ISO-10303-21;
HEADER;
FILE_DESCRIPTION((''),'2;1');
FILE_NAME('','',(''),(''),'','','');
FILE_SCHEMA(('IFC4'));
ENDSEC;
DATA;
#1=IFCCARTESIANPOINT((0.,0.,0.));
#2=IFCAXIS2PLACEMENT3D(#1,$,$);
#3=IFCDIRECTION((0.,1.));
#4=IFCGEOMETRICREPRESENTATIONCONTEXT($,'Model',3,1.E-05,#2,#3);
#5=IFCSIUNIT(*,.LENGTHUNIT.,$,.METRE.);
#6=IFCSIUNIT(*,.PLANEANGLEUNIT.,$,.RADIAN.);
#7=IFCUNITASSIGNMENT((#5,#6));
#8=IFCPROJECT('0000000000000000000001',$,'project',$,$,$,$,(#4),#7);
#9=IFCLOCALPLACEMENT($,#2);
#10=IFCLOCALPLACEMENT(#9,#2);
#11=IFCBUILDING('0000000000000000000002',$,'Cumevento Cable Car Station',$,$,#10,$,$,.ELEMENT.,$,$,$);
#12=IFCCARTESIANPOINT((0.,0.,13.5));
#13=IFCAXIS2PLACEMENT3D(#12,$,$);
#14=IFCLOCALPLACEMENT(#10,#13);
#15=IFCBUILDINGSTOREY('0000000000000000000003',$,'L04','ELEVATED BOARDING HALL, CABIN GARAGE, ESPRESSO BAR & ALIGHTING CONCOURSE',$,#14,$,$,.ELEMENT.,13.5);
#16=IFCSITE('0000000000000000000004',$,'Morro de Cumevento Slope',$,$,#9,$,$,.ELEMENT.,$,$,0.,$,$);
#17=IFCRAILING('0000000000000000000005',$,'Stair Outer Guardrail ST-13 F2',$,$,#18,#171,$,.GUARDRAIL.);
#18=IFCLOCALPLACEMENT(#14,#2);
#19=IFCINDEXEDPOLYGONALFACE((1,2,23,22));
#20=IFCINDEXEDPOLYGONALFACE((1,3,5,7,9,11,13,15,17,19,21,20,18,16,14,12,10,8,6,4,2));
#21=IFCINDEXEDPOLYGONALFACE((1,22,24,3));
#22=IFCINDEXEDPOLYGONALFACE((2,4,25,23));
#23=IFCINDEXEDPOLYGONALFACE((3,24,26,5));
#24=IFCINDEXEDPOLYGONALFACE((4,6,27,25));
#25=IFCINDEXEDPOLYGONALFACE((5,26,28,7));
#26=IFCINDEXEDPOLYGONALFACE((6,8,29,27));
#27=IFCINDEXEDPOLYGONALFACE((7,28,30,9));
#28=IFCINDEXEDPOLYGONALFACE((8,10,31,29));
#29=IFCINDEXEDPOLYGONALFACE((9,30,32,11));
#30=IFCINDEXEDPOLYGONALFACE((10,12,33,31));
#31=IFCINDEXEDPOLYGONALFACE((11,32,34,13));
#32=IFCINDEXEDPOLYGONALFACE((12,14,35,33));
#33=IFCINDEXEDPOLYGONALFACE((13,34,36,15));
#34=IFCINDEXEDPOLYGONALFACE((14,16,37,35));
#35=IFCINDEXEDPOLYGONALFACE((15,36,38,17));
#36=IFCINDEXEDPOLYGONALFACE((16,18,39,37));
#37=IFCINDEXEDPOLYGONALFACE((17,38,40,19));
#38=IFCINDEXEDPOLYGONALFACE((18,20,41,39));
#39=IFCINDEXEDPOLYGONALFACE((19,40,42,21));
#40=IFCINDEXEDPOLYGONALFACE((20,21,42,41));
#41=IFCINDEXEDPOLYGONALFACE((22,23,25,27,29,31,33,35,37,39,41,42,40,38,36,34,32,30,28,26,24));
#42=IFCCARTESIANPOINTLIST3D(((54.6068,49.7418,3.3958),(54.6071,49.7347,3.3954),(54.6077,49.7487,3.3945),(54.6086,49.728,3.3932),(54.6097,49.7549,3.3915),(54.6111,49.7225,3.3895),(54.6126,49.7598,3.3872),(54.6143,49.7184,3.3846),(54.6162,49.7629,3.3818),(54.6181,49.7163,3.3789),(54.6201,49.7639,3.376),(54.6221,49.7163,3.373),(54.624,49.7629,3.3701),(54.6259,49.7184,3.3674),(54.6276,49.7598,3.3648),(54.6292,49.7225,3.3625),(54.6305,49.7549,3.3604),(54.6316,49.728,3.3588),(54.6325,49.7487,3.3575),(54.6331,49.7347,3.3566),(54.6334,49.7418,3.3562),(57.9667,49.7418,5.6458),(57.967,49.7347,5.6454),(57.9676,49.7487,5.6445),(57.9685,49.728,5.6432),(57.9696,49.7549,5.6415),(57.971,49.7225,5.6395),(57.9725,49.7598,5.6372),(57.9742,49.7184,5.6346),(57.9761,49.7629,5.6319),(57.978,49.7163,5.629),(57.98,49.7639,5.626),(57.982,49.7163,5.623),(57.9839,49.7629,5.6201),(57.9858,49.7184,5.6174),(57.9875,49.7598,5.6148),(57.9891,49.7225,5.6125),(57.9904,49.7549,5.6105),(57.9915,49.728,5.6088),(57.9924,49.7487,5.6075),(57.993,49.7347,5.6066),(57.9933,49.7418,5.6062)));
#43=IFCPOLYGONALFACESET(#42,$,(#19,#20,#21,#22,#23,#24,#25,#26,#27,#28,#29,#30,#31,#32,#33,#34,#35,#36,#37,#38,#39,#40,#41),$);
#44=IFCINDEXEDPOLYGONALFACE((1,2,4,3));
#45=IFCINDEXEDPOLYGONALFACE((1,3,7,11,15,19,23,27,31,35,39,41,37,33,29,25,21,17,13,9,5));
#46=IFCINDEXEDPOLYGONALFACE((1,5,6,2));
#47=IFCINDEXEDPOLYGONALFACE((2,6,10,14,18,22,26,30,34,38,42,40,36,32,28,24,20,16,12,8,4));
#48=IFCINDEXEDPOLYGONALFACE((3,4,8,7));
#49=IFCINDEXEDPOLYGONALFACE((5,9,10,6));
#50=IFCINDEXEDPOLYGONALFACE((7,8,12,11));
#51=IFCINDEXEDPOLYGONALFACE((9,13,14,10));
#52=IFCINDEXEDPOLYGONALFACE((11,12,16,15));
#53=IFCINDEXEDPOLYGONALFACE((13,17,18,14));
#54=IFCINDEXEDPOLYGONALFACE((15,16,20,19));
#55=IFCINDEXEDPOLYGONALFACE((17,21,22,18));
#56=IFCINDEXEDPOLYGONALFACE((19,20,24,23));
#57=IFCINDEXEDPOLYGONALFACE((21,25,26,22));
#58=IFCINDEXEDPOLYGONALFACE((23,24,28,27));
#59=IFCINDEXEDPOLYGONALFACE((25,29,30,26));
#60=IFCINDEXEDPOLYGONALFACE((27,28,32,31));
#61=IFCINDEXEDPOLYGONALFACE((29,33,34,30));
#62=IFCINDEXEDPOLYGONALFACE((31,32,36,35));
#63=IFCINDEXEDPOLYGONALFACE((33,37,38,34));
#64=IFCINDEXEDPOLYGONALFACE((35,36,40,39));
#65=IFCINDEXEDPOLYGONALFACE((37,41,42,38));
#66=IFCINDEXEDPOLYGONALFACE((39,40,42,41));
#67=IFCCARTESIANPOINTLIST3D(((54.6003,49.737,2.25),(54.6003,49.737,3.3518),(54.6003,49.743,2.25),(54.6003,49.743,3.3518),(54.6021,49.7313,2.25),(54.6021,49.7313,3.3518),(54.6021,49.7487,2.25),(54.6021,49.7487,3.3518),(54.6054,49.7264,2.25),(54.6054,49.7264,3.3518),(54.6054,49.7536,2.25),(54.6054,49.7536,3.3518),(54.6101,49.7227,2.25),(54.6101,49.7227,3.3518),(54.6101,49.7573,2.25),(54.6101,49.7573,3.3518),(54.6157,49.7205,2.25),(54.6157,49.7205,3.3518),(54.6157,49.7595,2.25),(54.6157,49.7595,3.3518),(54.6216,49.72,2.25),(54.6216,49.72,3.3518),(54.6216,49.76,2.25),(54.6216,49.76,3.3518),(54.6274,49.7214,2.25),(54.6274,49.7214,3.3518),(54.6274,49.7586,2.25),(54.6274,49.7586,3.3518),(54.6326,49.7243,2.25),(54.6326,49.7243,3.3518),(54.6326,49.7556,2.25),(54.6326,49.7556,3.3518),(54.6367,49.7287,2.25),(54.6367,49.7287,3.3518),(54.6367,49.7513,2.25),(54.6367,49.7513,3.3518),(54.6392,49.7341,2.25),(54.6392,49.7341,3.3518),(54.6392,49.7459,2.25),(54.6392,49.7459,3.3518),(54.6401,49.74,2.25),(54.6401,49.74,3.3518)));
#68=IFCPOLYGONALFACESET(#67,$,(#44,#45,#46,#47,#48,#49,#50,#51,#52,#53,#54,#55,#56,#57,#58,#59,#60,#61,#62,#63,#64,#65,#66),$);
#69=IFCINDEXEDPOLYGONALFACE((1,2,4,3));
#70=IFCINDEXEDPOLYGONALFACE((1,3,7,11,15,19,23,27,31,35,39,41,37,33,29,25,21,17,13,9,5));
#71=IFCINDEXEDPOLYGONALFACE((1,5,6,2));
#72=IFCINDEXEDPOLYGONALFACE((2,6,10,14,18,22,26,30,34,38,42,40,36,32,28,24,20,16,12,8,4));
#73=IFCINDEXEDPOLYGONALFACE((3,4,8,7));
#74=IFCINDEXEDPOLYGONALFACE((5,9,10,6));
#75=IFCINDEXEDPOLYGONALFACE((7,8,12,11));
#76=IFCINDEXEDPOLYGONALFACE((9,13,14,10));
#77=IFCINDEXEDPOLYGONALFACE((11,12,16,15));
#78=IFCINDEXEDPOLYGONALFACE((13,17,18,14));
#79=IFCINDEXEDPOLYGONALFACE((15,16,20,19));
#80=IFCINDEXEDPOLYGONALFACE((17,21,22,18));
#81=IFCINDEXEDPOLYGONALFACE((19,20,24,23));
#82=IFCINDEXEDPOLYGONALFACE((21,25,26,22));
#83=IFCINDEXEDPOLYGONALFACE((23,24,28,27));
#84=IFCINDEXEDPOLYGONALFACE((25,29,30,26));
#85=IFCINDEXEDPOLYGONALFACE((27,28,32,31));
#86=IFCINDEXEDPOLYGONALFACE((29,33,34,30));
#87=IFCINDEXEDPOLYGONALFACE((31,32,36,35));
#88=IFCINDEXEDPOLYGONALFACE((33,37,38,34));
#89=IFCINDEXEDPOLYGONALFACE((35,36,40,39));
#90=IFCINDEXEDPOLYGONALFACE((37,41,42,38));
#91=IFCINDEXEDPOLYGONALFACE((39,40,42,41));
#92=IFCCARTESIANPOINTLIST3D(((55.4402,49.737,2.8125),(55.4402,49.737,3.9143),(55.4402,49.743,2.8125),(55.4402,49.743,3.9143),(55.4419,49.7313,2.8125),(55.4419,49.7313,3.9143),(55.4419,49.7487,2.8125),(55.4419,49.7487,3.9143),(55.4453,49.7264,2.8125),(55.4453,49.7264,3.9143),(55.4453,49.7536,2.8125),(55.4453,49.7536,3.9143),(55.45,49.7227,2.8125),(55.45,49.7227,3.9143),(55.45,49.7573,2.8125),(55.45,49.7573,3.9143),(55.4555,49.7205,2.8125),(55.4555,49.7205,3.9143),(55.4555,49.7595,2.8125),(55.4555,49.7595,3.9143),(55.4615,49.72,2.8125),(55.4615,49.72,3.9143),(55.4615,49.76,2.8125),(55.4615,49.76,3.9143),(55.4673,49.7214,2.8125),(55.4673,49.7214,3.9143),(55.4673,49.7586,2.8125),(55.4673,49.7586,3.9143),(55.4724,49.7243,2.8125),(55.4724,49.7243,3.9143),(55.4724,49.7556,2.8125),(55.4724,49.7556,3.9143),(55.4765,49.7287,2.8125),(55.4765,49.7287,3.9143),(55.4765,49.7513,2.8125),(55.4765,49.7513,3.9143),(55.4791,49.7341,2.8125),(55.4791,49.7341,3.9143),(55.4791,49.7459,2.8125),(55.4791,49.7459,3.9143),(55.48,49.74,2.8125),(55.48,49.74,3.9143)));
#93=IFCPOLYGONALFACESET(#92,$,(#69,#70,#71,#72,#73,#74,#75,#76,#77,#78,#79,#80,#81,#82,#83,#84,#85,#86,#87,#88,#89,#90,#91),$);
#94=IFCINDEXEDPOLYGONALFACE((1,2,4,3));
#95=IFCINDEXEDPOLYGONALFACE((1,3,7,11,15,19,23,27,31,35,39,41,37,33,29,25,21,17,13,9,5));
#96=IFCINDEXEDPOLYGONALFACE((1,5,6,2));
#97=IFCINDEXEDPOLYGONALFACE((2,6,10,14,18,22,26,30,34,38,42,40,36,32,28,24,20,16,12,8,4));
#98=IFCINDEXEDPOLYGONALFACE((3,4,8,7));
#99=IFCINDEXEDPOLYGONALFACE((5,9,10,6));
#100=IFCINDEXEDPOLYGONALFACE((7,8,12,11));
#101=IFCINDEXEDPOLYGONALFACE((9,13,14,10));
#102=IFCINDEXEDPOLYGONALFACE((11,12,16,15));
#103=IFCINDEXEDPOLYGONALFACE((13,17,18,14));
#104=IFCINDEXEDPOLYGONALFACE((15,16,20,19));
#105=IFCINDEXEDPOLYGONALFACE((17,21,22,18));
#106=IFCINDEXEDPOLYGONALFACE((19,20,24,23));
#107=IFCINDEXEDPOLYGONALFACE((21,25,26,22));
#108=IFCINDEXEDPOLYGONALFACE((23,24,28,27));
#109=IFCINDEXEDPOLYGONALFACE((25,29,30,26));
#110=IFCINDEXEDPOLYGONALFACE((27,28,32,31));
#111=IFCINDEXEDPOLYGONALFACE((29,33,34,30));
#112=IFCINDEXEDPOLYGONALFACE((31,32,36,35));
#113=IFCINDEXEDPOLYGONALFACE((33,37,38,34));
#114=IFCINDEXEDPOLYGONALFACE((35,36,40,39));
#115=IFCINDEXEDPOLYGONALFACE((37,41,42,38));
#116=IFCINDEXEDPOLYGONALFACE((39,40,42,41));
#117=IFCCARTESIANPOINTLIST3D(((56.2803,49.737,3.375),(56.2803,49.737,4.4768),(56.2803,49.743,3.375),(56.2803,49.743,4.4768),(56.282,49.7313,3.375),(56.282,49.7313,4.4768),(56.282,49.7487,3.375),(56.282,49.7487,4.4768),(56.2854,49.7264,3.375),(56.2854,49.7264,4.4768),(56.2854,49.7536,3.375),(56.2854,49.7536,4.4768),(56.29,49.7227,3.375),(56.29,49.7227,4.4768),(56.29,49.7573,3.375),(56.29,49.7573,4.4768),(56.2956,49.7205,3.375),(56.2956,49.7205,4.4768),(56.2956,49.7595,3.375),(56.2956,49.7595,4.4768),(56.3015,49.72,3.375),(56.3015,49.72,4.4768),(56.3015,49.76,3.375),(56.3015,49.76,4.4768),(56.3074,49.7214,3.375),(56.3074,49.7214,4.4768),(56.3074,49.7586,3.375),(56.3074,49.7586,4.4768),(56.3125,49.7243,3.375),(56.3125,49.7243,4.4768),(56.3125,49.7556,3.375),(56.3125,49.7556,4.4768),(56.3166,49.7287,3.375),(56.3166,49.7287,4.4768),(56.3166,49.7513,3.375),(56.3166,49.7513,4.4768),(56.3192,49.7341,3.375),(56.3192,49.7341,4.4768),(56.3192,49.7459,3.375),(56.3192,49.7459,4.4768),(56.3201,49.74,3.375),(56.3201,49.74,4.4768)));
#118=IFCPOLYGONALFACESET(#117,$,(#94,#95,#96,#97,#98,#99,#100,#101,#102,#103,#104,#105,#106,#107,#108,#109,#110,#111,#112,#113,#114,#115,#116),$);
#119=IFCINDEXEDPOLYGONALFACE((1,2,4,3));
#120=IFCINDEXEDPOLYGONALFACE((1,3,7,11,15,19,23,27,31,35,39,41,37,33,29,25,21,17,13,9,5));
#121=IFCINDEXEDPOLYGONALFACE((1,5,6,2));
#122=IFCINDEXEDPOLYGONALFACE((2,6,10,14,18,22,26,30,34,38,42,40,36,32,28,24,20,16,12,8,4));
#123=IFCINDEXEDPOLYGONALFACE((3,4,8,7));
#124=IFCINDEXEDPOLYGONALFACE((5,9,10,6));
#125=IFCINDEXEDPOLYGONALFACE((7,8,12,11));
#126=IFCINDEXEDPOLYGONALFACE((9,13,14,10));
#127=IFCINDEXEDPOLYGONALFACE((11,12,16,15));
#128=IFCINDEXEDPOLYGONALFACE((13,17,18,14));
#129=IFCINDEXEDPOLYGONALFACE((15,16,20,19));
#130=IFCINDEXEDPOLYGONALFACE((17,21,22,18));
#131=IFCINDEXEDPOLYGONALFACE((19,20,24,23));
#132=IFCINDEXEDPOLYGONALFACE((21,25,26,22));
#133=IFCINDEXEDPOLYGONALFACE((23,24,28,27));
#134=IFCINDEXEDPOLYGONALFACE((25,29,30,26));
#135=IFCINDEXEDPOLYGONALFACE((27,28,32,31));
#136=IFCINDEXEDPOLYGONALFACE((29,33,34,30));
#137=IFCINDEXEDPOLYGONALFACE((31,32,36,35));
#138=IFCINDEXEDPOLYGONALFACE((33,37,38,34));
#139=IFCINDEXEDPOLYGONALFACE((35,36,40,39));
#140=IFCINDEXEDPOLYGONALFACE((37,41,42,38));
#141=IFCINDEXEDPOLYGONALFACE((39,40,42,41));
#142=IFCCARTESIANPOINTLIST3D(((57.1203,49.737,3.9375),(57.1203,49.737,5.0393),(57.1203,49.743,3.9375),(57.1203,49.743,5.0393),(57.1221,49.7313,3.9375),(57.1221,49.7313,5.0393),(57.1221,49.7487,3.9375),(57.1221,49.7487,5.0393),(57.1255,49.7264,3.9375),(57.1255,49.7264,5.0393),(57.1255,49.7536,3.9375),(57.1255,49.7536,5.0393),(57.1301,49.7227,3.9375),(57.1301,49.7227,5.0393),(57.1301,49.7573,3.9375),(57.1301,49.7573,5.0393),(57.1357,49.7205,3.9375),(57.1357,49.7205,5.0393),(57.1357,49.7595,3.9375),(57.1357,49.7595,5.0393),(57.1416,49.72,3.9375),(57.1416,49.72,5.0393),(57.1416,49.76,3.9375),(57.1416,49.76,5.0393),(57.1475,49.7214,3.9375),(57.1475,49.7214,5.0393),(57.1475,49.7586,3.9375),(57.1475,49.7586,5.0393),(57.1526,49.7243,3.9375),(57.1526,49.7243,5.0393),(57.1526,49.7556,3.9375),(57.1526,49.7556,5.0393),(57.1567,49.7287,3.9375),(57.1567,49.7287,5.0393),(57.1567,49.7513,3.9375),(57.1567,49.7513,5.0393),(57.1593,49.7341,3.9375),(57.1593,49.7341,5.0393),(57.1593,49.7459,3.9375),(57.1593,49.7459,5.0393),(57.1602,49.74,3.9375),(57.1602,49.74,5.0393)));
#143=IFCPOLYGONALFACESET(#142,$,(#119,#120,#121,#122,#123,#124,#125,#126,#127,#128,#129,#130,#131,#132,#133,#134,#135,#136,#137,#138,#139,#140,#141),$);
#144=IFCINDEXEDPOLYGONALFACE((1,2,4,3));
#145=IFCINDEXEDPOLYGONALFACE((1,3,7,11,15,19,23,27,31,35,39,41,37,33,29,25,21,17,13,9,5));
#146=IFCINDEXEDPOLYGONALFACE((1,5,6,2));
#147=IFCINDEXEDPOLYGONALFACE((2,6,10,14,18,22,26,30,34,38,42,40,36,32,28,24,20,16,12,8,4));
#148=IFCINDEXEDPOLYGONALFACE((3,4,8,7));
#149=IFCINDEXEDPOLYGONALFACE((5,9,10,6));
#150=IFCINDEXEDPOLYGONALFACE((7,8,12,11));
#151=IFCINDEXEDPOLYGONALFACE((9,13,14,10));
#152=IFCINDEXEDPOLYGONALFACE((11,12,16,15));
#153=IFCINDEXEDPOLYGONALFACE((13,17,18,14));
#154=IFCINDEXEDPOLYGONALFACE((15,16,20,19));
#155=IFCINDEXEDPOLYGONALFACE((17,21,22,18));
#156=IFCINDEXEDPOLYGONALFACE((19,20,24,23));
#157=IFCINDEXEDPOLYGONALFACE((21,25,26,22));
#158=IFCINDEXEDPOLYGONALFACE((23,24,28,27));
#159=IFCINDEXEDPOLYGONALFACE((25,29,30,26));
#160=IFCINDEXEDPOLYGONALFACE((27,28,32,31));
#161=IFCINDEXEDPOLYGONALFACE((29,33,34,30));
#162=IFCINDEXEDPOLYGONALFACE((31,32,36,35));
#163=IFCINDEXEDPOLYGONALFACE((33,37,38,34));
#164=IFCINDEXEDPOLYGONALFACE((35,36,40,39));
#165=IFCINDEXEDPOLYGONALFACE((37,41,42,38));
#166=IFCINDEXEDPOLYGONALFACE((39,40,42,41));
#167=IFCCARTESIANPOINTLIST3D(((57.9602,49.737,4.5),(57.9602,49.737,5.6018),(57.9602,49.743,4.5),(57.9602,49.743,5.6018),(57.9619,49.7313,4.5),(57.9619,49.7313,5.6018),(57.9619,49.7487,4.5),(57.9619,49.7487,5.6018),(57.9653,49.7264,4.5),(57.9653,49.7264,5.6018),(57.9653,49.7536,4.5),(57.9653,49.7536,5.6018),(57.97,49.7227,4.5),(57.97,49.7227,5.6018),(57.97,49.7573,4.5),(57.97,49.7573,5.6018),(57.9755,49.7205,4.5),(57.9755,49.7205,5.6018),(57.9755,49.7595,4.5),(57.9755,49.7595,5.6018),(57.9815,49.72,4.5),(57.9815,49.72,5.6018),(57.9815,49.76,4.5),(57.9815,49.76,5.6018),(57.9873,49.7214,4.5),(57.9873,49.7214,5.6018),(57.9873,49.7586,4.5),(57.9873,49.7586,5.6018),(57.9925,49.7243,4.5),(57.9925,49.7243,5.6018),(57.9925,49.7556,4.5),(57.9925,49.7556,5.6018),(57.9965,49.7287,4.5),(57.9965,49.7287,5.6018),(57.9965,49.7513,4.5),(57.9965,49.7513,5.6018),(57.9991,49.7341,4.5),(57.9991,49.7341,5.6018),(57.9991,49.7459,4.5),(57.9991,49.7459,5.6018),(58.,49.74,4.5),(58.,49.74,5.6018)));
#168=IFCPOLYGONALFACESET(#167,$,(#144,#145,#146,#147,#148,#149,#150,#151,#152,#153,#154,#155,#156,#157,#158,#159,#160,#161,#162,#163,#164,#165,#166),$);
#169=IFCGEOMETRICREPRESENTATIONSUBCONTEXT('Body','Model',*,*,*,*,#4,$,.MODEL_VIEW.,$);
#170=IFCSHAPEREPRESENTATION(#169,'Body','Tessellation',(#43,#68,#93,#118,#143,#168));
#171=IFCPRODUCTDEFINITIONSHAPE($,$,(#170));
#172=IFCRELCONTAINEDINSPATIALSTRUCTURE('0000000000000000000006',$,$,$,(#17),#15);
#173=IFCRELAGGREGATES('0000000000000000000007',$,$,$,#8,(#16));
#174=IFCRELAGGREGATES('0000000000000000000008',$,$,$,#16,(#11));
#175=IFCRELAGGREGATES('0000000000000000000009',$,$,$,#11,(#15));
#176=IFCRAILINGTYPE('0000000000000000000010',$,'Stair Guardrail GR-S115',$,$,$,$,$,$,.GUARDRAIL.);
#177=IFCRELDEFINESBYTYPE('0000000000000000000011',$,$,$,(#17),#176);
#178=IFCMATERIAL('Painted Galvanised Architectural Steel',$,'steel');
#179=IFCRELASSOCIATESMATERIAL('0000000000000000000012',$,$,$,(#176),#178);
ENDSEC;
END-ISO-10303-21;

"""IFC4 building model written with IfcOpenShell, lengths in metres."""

from ifc_helpers import new_model, si_unit, direction, frame, origin, origin_2d, place, context, subcontext, project, spatial, circle, extrude, material, type_object, element, save


model = new_model("IFC4")

# Units and contexts
model_context = context("Model", 3, precision=1e-05, world=origin(), true_north=direction((0.0, 1.0)))
body_context = subcontext(model_context, "Body", "Model", "MODEL_VIEW")
ifc_project = project(units=[si_unit("LENGTHUNIT", "METRE"), si_unit("PLANEANGLEUNIT", "RADIAN")], contexts=[model_context])

# Site, building, storey
site_placement = place(None, origin())
site = spatial("IfcSite", under=ifc_project, at=site_placement, Name="Morro de Cumevento Slope", CompositionType="ELEMENT", RefElevation=0.0)
building_placement = place(site_placement, origin())
building = spatial("IfcBuilding", under=site, at=building_placement, Name="Cumevento Cable Car Station", CompositionType="ELEMENT")
storey_placement = place(building_placement, frame((0.0, 0.0, 13.5)))
storey = spatial("IfcBuildingStorey", under=building, at=storey_placement, Name="L04", Description="ELEVATED BOARDING HALL, CABIN GARAGE, ESPRESSO BAR & ALIGHTING CONCOURSE", CompositionType="ELEMENT", Elevation=13.5)

# Railing
ifc_material_1 = material(Name="Painted Galvanised Architectural Steel", Category="steel")
railing_type_1 = type_object("IfcRailingType", Name="Stair Guardrail GR-S115", PredefinedType="GUARDRAIL", material=ifc_material_1)
railing_1_placement = place(storey_placement, frame((54.6201, 49.74, 2.25)))
element("IfcRailing", 1, at=railing_1_placement, inside=storey, type_object=railing_type_1, Name="Stair Outer Guardrail ST-13 F2", PredefinedType="GUARDRAIL", context=body_context, shape_type="SweptSolid", body=[
    extrude(circle(Radius=0.0239, at=origin_2d()), frame((0.0, 0.0, 1.126), z_axis=(0.830897, 0.0, 0.556427), x_axis=(0.0, 1.0, 0.0)), (0.0, 0.0, 1.0), 4.0437),
    extrude(circle(Radius=0.02, at=origin_2d()), origin(), (0.0, 0.0, 1.0), 1.1018),
    extrude(circle(Radius=0.02, at=origin_2d()), frame((0.8398, 0.0, 0.5625)), (0.0, 0.0, 1.0), 1.1018),
    extrude(circle(Radius=0.02, at=origin_2d()), frame((1.6799, 0.0, 1.125)), (0.0, 0.0, 1.0), 1.1018),
    extrude(circle(Radius=0.02, at=origin_2d()), frame((2.52, 0.0, 1.6875)), (0.0, 0.0, 1.0), 1.1018),
    extrude(circle(Radius=0.02, at=origin_2d()), frame((3.3599, 0.0, 2.25)), (0.0, 0.0, 1.0), 1.1018),
])

save(model, "model.ifc")
